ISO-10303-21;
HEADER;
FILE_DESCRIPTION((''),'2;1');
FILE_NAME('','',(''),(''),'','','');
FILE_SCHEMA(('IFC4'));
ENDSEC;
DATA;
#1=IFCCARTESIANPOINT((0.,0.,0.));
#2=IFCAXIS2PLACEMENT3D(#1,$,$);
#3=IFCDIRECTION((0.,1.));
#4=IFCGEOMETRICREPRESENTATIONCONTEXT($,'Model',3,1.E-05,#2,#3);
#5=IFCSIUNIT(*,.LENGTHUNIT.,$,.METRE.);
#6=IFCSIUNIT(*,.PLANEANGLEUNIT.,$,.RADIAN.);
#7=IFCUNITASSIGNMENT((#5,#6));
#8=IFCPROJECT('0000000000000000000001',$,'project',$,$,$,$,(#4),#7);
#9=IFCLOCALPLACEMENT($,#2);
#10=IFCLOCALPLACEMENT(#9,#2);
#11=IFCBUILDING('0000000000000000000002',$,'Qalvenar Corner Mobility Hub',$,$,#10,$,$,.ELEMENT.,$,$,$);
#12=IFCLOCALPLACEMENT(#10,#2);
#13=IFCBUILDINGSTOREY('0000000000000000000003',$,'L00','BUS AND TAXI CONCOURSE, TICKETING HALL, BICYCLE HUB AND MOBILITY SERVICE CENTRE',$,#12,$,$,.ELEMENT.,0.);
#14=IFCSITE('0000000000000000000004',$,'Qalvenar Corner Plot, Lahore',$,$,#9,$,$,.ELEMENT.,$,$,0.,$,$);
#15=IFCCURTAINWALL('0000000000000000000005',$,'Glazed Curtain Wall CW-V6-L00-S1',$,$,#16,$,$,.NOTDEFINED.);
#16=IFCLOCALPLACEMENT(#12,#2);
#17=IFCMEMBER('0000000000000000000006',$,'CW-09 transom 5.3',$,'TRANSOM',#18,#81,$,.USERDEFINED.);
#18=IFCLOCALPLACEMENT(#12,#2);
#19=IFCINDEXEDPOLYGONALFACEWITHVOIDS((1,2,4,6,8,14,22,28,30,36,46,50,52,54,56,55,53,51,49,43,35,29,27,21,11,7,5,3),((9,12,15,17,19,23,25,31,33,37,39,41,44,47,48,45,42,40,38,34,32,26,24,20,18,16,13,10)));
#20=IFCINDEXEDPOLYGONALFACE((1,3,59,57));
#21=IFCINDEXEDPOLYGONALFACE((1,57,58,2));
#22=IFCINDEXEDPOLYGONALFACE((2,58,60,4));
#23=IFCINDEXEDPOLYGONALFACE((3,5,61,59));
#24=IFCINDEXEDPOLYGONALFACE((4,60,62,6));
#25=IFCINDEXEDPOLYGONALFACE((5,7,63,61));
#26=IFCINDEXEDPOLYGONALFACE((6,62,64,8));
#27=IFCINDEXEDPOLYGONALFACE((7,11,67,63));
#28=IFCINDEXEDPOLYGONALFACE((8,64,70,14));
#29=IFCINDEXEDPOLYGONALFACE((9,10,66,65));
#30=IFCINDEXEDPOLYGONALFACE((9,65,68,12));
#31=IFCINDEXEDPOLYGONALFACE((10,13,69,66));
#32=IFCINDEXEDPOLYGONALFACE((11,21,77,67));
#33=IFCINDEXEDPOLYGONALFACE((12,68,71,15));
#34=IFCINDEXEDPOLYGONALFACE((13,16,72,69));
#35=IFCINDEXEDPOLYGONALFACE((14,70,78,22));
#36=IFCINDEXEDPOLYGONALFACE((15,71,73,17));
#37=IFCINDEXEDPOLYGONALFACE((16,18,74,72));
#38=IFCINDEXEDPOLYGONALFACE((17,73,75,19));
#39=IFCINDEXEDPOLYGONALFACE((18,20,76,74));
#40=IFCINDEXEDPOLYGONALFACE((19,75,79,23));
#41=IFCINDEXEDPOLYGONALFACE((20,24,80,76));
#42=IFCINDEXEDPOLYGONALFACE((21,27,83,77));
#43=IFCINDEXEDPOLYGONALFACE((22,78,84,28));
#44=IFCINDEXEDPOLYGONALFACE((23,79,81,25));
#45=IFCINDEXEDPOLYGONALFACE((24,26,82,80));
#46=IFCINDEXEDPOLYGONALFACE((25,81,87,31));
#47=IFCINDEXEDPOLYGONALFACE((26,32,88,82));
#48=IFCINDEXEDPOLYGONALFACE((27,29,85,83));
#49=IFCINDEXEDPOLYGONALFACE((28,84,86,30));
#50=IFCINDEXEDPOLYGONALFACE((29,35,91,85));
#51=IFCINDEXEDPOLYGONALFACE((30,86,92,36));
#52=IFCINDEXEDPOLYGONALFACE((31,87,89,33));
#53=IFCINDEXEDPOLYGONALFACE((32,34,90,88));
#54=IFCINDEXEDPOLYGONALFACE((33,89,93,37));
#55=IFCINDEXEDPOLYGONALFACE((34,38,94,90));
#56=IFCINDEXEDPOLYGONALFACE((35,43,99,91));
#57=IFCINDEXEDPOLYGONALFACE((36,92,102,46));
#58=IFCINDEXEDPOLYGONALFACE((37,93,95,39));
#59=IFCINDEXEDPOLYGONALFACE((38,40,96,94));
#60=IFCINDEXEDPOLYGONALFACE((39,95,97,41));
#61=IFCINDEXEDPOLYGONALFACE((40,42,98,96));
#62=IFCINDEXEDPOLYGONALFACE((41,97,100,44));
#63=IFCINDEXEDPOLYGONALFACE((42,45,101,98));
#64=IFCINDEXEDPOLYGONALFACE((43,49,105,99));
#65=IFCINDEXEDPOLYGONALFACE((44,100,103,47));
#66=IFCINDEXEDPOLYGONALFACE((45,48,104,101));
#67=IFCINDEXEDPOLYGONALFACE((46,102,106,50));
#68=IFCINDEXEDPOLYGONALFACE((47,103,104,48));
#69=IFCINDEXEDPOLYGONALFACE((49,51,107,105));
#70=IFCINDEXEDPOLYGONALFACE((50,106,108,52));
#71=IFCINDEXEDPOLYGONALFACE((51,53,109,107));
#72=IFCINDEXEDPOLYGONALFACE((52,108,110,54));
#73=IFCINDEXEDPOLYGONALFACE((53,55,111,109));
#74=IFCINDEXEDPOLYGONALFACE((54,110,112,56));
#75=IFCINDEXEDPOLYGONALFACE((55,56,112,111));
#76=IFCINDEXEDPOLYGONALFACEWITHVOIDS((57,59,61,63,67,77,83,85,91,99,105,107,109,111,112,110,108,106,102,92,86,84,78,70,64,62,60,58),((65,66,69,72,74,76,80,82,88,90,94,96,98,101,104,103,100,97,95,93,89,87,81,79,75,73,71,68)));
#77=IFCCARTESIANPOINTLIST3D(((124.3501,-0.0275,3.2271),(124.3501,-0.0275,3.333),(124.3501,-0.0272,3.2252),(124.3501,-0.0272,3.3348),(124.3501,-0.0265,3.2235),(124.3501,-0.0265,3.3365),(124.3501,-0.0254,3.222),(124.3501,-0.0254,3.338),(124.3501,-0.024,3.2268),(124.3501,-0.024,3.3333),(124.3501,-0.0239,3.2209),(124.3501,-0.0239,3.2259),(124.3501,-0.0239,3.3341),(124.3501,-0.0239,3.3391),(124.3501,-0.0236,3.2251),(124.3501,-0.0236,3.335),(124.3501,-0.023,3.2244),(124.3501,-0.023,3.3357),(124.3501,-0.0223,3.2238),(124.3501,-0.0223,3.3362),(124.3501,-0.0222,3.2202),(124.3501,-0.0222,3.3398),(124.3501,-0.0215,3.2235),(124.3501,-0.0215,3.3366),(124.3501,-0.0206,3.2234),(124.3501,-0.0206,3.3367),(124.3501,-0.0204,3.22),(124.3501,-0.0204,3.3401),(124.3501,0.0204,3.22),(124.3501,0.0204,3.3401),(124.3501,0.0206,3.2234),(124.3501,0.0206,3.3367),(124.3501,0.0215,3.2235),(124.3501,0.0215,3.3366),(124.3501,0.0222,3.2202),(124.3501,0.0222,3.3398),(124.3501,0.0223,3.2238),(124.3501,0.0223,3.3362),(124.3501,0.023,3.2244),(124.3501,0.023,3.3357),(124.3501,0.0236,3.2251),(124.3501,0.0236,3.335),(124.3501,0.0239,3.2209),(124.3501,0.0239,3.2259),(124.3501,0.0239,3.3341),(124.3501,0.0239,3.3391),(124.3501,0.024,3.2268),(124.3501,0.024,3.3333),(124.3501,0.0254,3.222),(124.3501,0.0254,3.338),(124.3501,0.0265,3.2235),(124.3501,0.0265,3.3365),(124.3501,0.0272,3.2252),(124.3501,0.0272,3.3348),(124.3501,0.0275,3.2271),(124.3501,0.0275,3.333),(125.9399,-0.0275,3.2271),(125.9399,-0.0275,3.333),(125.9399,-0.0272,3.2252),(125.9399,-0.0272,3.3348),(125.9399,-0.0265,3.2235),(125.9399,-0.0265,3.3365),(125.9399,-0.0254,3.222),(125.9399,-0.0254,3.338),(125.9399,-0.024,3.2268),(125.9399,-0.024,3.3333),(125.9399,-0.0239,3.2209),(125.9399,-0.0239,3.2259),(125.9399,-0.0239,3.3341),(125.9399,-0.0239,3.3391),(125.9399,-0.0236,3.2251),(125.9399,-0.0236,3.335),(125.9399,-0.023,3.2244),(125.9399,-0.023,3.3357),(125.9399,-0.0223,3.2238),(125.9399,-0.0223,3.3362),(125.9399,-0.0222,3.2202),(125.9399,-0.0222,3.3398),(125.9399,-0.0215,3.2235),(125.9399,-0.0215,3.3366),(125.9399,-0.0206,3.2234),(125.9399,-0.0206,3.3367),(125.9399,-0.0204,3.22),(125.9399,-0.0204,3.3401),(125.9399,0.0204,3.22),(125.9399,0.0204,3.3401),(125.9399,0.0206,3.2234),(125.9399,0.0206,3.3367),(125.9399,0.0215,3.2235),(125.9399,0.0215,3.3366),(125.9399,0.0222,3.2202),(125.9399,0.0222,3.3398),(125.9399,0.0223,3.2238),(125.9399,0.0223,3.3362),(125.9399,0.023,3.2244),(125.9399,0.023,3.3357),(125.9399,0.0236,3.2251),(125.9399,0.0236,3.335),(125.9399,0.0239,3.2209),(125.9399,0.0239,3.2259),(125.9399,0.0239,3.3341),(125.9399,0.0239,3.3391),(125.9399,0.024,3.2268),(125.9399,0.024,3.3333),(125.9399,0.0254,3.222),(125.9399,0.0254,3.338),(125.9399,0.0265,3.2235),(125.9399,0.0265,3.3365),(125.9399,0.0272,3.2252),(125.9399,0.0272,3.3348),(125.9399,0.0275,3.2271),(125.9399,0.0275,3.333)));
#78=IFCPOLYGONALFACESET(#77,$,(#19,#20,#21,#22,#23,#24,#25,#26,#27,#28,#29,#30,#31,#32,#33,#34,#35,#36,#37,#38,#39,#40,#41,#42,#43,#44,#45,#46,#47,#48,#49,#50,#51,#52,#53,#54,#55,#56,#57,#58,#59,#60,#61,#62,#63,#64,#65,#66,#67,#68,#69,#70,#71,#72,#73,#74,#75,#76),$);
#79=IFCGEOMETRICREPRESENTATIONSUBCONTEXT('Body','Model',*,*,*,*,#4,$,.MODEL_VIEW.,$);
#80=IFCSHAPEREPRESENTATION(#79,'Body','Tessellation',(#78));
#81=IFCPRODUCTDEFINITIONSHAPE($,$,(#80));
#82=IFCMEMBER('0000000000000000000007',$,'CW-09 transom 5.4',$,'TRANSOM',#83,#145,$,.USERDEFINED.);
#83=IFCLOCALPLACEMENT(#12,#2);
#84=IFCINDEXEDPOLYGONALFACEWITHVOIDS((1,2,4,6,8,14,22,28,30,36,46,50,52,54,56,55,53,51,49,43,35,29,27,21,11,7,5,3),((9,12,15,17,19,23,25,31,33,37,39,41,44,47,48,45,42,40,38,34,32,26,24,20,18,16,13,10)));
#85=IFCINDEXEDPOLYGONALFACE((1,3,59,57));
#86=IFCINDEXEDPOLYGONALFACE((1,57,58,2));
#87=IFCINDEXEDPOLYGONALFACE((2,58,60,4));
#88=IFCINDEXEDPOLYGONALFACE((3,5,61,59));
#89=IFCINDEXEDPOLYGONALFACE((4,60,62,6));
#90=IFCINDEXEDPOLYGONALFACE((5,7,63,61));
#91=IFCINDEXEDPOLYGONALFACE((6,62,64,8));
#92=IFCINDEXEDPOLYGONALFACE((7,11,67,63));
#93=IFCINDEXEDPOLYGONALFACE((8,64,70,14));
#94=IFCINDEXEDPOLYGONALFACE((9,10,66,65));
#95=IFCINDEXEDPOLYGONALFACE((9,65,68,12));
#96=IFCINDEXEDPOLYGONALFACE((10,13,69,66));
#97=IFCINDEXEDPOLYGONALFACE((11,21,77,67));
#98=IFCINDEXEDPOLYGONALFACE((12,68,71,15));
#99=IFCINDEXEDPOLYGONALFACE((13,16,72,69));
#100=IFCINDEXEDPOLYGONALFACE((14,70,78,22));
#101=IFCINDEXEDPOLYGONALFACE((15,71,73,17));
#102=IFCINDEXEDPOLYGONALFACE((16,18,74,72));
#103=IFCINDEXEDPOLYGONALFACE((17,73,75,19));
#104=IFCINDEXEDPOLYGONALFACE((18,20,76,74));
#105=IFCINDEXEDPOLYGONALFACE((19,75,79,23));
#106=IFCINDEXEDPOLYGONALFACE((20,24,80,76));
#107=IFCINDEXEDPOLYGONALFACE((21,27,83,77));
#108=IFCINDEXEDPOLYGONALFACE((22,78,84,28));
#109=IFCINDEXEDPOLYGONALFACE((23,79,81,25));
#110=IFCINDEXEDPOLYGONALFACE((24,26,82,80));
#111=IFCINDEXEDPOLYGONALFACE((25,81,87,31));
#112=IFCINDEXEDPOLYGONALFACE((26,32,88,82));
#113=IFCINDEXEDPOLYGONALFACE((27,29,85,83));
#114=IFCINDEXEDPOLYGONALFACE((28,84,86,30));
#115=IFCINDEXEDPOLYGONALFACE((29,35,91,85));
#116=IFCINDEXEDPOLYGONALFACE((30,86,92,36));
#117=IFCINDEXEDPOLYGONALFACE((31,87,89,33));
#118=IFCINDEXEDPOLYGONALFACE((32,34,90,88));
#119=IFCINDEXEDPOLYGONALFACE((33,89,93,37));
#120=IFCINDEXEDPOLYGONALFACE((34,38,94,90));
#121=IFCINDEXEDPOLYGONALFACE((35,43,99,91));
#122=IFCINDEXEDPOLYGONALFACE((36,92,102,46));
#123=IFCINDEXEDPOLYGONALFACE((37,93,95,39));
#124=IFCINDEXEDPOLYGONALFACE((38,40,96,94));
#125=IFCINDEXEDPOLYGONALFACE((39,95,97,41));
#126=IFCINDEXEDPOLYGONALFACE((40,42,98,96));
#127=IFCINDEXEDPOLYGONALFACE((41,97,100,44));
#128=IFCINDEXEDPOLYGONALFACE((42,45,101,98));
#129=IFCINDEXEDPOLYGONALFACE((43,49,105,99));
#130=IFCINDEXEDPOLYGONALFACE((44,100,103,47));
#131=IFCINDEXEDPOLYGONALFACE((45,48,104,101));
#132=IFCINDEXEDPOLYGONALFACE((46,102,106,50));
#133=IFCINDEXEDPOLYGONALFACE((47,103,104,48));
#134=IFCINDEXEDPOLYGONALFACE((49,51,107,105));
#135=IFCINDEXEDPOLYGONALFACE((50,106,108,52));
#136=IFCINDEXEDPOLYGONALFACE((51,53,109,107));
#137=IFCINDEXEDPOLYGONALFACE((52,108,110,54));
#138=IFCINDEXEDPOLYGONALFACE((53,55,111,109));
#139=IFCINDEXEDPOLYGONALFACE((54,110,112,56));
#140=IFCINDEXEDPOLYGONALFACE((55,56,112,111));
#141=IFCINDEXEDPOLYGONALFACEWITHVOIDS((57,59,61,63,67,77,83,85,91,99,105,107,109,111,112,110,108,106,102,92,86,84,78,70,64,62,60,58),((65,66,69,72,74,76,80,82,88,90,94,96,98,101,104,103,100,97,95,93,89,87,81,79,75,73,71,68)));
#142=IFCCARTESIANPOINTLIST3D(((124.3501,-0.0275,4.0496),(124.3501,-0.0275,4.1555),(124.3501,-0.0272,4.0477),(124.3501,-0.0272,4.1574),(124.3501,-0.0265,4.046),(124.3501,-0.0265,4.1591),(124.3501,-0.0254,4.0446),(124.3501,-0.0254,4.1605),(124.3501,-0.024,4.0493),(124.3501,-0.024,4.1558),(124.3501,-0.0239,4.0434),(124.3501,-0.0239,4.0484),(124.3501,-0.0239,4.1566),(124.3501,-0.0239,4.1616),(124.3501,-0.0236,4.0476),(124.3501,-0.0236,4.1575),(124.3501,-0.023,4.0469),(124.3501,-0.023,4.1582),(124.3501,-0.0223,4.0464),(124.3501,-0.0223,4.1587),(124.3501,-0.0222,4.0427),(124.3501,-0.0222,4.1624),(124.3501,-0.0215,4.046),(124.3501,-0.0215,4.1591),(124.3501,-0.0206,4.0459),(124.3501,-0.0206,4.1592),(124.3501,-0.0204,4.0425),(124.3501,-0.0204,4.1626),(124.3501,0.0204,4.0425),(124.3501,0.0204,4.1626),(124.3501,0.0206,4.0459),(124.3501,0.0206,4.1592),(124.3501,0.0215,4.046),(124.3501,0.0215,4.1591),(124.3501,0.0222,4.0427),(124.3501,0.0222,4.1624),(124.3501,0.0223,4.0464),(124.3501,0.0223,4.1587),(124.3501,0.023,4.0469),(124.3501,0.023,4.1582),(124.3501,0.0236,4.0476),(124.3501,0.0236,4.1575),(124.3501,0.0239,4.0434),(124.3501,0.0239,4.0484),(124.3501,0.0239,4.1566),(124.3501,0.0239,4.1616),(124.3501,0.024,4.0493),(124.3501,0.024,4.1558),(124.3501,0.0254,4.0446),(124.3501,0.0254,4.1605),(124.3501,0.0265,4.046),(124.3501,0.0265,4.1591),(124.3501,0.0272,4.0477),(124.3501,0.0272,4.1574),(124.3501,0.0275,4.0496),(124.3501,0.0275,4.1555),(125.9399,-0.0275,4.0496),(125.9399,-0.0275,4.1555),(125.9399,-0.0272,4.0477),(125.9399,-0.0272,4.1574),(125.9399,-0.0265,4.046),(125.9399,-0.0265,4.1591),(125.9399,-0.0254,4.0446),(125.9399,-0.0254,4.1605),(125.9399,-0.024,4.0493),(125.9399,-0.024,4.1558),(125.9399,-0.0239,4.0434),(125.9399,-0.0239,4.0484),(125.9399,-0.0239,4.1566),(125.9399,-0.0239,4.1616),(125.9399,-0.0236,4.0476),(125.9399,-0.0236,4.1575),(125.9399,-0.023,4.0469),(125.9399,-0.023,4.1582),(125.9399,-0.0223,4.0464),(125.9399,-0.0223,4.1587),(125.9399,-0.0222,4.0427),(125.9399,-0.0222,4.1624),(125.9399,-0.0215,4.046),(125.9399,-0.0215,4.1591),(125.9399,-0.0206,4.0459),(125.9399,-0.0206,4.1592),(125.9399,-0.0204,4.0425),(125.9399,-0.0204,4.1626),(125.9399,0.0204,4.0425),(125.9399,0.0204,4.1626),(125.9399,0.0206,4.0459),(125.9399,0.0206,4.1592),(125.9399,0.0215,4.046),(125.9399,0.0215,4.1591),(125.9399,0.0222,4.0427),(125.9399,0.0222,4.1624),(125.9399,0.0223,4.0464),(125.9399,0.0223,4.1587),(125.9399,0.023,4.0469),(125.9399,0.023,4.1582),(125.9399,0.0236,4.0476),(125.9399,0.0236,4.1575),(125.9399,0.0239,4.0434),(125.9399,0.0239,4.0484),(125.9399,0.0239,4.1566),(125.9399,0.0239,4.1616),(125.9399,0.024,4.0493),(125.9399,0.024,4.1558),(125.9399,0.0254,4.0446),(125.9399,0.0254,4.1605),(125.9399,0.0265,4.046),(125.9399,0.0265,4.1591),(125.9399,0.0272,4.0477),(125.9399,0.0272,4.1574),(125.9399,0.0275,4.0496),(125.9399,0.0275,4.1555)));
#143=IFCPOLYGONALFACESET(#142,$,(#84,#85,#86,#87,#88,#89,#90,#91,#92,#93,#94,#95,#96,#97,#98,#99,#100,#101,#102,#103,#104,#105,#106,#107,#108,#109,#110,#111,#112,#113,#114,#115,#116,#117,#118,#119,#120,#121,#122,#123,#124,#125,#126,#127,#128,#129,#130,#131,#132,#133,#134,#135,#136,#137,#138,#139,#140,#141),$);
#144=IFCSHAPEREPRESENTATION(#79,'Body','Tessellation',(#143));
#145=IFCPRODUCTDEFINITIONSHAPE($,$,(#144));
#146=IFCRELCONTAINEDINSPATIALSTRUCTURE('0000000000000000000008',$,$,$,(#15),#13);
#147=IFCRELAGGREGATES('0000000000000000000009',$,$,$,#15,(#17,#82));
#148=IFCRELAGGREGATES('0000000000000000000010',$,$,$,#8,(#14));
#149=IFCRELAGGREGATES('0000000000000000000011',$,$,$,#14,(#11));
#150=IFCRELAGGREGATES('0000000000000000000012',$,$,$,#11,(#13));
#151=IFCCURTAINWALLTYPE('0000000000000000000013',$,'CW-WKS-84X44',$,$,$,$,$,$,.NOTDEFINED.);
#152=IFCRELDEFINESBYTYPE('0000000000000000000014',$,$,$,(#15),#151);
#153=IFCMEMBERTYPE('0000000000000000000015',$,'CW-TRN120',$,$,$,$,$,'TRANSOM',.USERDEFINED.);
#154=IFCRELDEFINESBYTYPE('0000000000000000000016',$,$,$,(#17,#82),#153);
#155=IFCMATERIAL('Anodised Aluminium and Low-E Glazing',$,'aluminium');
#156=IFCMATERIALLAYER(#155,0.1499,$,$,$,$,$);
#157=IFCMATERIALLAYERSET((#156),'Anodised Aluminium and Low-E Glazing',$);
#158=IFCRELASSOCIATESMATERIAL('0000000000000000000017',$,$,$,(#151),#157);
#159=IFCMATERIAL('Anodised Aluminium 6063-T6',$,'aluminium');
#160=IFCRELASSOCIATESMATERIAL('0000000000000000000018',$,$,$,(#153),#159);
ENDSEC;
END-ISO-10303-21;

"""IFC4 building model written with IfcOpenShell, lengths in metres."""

from ifc_helpers import new_model, si_unit, direction, frame, origin, origin_2d, place, context, subcontext, project, spatial, hollow_rectangle, extrude, material, layer, layer_set, material_profile, profile_set, type_object, element, aggregate, save


model = new_model("IFC4")

# Units and contexts
model_context = context("Model", 3, precision=1e-05, world=origin(), true_north=direction((0.0, 1.0)))
body_context = subcontext(model_context, "Body", "Model", "MODEL_VIEW")
ifc_project = project(units=[si_unit("LENGTHUNIT", "METRE"), si_unit("PLANEANGLEUNIT", "RADIAN")], contexts=[model_context])

# Site, building, storey
site_placement = place(None, origin())
site = spatial("IfcSite", under=ifc_project, at=site_placement, Name="Qalvenar Corner Plot, Lahore", CompositionType="ELEMENT", RefElevation=0.0)
building_placement = place(site_placement, origin())
building = spatial("IfcBuilding", under=site, at=building_placement, Name="Qalvenar Corner Mobility Hub", CompositionType="ELEMENT")
storey_placement = place(building_placement, origin())
storey = spatial("IfcBuildingStorey", under=building, at=storey_placement, Name="L00", Description="BUS AND TAXI CONCOURSE, TICKETING HALL, BICYCLE HUB AND MOBILITY SERVICE CENTRE", CompositionType="ELEMENT", Elevation=0.0)

# Curtain wall
ifc_material_1 = material(Name="Anodised Aluminium and Low-E Glazing", Category="aluminium")
ifc_layer_1 = layer(ifc_material_1, 0.1499)
ifc_layer_set_1 = layer_set([ifc_layer_1], Name="Anodised Aluminium and Low-E Glazing")
curtain_wall_type = type_object("IfcCurtainWallType", Name="CW-WKS-84X44", PredefinedType="NOTDEFINED", material=ifc_layer_set_1)
curtain_wall_1_placement = place(storey_placement, origin())
curtain_wall_1 = element("IfcCurtainWall", 1, at=curtain_wall_1_placement, inside=storey, type_object=curtain_wall_type, Name="Glazed Curtain Wall CW-V6-L00-S1", PredefinedType="NOTDEFINED")
ifc_material_2 = material(Name="Anodised Aluminium 6063-T6", Category="aluminium")

# Members
ifc_material_profile_1 = material_profile(ifc_material_2, hollow_rectangle(XDim=0.0549, YDim=0.1201, WallThickness=0.0034, InnerFilletRadius=0.0034, OuterFilletRadius=0.0071, at=origin_2d()), Name="RHS120x55x3.5")
ifc_profile_set_1 = profile_set([ifc_material_profile_1], Name="Anodised Aluminium 6063-T6")
member_type_1 = type_object("IfcMemberType", Name="CW-TRN120", ElementType="TRANSOM", PredefinedType="USERDEFINED", material=ifc_profile_set_1)
member_1_placement = place(storey_placement, frame((124.3501, 0.0, 3.28), z_axis=(1.0, 0.0, 0.0), x_axis=(0.0, 1.0, 0.0)))
member_1 = element("IfcMember", 2, at=member_1_placement, type_object=member_type_1, Name="CW-09 transom 5.3", ObjectType="TRANSOM", PredefinedType="USERDEFINED", context=body_context, shape_type="SweptSolid", body=[
    extrude(hollow_rectangle(XDim=0.0549, YDim=0.1201, WallThickness=0.0034, InnerFilletRadius=0.0034, OuterFilletRadius=0.0071, at=origin_2d()), origin(), (0.0, 0.0, 1.0), 1.5898),
])
member_2_placement = place(storey_placement, frame((124.3501, 0.0, 4.1025), z_axis=(1.0, 0.0, 0.0), x_axis=(0.0, 1.0, 0.0)))
member_2 = element("IfcMember", 3, at=member_2_placement, type_object=member_type_1, Name="CW-09 transom 5.4", ObjectType="TRANSOM", PredefinedType="USERDEFINED", context=body_context, shape_type="SweptSolid", body=[
    extrude(hollow_rectangle(XDim=0.0549, YDim=0.1201, WallThickness=0.0034, InnerFilletRadius=0.0034, OuterFilletRadius=0.0071, at=origin_2d()), origin(), (0.0, 0.0, 1.0), 1.5898),
])

aggregate(curtain_wall_1, [member_1, member_2])

save(model, "model.ifc")
